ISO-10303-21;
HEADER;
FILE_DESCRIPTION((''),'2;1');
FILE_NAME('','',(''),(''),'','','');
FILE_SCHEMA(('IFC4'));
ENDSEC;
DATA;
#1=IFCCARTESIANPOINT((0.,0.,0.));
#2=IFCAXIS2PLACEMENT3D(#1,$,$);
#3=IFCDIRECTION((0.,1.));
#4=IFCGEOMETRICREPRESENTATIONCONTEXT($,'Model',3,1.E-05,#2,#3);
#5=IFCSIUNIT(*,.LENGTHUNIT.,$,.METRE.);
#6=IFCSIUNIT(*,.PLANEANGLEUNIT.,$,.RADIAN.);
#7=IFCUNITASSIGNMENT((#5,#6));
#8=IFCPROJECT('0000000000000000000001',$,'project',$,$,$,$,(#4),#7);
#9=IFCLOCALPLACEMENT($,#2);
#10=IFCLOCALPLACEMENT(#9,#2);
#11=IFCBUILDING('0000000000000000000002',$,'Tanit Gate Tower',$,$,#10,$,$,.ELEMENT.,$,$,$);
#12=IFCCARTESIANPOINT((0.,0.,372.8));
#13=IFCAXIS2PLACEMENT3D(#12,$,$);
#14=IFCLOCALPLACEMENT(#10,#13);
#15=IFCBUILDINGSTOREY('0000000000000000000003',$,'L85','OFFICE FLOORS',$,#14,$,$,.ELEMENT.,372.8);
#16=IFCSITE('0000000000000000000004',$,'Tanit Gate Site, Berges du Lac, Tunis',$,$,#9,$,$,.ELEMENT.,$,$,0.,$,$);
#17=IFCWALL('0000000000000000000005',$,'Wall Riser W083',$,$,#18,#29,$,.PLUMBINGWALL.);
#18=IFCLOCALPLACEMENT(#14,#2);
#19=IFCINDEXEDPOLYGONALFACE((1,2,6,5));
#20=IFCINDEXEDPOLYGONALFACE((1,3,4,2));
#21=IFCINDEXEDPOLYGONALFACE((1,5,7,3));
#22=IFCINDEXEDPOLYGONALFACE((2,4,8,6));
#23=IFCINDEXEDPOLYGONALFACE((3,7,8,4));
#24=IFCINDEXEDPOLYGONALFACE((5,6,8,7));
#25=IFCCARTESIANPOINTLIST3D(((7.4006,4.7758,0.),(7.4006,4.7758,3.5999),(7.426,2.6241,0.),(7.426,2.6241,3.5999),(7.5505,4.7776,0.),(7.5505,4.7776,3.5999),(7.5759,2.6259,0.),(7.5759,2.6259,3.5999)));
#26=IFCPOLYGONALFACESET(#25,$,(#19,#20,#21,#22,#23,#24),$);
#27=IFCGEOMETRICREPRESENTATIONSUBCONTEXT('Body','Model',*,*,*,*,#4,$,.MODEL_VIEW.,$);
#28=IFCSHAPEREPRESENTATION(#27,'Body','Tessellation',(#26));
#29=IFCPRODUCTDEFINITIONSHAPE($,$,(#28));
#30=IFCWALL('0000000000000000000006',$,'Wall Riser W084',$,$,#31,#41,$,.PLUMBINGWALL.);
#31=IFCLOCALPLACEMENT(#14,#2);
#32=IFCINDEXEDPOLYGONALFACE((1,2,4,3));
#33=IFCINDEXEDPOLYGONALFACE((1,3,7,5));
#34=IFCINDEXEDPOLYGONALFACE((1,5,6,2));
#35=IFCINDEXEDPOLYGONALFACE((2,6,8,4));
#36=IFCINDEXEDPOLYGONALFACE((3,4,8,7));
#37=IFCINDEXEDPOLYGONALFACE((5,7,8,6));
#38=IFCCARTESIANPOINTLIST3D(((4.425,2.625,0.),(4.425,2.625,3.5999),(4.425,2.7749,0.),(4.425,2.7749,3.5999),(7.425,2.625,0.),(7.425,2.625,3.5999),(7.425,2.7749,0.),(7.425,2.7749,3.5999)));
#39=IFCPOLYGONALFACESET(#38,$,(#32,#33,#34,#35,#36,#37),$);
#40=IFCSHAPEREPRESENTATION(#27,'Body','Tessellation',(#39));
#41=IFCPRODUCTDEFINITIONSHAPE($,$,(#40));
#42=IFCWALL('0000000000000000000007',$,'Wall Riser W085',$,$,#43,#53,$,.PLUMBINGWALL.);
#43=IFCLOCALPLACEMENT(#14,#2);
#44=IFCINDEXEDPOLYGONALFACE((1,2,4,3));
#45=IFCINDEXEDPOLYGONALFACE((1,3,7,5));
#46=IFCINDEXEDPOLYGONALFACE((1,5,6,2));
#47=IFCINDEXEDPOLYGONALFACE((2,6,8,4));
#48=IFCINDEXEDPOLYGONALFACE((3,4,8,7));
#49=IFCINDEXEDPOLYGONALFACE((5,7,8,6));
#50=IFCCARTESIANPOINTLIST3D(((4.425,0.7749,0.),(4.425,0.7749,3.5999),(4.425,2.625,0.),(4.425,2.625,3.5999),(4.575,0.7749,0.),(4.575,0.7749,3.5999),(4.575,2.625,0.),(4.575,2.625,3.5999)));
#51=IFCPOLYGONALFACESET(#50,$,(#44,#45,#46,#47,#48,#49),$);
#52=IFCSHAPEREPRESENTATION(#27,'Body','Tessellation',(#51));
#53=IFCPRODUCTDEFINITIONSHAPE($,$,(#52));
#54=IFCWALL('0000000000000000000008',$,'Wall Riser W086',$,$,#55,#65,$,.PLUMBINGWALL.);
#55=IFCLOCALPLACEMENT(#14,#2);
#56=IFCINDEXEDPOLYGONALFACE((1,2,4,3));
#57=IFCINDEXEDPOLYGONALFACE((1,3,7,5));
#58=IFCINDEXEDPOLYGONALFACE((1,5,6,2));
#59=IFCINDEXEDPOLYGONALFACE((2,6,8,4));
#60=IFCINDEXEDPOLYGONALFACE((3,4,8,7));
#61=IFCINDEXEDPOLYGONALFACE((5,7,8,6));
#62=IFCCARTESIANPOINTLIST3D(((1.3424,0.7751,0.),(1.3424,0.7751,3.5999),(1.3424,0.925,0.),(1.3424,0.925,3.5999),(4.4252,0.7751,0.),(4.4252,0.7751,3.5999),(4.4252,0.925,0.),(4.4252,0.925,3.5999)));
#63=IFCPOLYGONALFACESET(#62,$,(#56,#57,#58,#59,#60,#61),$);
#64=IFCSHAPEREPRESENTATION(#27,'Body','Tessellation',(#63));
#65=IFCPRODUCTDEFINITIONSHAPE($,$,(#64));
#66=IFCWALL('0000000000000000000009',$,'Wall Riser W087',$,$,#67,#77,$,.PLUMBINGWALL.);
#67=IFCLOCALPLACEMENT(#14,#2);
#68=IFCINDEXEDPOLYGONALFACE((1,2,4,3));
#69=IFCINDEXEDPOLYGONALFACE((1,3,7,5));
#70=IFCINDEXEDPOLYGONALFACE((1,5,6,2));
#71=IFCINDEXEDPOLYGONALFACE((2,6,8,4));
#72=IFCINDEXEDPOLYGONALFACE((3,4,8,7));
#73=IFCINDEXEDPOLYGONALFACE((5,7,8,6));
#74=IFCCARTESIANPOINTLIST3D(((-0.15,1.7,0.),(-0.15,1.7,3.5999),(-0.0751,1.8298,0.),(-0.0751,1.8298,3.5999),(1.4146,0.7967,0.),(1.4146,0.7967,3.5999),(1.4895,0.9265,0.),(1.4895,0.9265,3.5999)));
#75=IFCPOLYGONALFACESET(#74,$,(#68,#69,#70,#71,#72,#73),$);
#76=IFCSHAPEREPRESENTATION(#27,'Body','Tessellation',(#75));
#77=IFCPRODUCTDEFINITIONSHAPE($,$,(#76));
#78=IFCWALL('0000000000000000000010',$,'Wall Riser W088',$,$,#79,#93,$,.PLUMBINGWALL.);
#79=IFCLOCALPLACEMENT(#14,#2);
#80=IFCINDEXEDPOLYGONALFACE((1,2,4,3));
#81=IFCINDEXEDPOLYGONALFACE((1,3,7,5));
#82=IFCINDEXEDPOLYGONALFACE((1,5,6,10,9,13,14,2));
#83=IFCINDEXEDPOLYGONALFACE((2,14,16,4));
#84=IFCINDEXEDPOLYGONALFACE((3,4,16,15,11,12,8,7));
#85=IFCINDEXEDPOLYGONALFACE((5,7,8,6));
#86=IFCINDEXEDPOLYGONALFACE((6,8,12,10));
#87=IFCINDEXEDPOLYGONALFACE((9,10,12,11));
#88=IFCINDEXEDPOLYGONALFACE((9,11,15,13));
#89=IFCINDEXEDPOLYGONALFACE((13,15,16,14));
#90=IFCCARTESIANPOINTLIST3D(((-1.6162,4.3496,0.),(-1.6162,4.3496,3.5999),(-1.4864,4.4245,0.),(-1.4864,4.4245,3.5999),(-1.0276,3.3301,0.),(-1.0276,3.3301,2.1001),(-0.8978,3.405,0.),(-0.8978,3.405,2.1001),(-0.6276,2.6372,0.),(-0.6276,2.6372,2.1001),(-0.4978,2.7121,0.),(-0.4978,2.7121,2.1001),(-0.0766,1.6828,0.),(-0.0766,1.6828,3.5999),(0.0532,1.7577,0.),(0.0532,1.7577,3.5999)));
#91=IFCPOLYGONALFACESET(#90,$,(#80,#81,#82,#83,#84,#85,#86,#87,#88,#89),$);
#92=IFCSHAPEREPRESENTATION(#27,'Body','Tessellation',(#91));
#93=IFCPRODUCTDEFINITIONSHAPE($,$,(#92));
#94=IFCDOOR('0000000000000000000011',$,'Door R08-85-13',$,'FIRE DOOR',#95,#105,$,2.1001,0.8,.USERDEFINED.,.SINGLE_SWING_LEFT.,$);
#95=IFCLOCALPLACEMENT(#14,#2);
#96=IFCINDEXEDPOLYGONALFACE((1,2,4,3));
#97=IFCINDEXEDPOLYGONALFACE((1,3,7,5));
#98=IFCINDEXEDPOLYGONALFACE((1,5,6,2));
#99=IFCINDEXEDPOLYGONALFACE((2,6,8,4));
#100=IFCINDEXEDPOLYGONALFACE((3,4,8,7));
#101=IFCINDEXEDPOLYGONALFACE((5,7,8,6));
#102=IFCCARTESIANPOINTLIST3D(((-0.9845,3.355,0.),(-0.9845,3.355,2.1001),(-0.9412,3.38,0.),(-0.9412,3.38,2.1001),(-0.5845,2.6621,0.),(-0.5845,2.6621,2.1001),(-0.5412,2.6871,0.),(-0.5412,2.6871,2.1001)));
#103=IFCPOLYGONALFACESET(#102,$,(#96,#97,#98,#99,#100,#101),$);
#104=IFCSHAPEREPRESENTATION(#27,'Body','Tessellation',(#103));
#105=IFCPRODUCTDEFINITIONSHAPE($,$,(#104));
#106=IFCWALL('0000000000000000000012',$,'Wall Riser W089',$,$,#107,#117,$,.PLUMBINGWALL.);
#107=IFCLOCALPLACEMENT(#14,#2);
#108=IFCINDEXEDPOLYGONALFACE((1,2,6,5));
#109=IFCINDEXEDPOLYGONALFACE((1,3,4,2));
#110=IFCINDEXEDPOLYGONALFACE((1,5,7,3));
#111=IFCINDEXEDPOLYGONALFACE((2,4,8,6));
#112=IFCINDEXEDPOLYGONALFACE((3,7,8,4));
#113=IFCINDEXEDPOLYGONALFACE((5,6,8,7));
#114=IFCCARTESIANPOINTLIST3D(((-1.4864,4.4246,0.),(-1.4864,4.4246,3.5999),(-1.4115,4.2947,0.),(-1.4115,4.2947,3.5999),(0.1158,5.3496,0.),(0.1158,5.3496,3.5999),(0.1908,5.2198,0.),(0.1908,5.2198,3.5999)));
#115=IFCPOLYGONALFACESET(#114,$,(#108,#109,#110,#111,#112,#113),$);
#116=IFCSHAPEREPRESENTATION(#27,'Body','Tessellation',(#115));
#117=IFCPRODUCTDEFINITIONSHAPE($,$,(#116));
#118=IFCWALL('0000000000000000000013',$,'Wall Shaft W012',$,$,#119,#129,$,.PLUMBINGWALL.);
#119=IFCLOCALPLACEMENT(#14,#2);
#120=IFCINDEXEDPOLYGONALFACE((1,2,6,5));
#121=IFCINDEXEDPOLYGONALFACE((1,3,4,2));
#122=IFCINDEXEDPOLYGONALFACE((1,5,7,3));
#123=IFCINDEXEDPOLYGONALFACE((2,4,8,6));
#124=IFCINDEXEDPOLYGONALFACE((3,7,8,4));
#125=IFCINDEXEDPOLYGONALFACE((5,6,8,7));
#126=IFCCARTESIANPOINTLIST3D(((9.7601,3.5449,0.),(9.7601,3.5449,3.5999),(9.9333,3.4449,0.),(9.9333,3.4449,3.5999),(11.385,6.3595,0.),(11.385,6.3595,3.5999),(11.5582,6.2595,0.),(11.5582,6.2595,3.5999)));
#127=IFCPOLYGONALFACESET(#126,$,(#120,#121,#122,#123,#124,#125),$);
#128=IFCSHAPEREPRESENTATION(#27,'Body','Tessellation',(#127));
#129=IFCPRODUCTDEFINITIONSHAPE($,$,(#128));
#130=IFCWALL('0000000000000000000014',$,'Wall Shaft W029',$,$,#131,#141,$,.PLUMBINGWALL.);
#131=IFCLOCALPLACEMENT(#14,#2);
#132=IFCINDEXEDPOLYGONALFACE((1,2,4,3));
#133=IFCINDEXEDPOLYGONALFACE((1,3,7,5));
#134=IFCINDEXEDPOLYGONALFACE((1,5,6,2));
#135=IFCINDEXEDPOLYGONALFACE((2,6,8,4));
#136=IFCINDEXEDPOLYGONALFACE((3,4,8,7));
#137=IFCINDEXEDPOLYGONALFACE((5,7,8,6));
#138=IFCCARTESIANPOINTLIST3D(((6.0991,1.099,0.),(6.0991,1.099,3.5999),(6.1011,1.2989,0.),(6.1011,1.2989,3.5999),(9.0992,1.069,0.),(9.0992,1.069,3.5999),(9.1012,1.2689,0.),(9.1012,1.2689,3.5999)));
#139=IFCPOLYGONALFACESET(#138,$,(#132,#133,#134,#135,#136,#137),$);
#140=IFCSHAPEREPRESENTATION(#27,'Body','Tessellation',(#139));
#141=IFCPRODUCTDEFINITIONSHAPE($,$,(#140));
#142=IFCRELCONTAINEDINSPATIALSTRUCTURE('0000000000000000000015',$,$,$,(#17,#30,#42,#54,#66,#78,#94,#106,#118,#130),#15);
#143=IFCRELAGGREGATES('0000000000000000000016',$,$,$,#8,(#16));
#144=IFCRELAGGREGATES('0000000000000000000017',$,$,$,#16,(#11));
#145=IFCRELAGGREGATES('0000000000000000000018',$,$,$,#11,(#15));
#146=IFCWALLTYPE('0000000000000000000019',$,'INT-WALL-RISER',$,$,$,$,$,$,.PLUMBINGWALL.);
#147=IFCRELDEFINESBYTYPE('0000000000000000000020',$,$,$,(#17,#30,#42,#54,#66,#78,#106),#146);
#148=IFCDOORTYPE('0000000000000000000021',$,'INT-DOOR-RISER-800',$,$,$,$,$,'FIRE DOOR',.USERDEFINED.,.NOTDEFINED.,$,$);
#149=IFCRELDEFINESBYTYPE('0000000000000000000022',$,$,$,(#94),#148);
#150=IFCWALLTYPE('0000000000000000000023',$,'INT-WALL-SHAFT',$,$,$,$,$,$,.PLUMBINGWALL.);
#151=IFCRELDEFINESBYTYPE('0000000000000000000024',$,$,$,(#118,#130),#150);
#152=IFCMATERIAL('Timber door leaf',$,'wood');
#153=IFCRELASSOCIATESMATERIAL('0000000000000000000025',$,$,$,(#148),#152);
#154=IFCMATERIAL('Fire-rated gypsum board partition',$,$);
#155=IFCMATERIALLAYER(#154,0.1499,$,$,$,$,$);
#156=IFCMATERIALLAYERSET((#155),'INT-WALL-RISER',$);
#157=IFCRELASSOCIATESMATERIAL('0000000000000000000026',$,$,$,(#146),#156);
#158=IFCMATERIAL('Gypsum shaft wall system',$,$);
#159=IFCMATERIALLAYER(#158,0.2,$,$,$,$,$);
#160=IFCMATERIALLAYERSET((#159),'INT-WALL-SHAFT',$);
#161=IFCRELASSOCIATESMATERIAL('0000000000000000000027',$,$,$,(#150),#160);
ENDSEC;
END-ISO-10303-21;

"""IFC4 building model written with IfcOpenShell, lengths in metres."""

from ifc_helpers import new_model, si_unit, direction, frame, frame_2d, origin, place, context, subcontext, project, spatial, rectangle, extrude, material, layer, layer_set, type_object, element, fill, save


model = new_model("IFC4")

# Units and contexts
model_context = context("Model", 3, precision=1e-05, world=origin(), true_north=direction((0.0, 1.0)))
body_context = subcontext(model_context, "Body", "Model", "MODEL_VIEW")
ifc_project = project(units=[si_unit("LENGTHUNIT", "METRE"), si_unit("PLANEANGLEUNIT", "RADIAN")], contexts=[model_context])

# Site, building, storey
site_placement = place(None, origin())
site = spatial("IfcSite", under=ifc_project, at=site_placement, Name="Tanit Gate Site, Berges du Lac, Tunis", CompositionType="ELEMENT", RefElevation=0.0)
building_placement = place(site_placement, origin())
building = spatial("IfcBuilding", under=site, at=building_placement, Name="Tanit Gate Tower", CompositionType="ELEMENT")
storey_placement = place(building_placement, frame((0.0, 0.0, 372.8)))
storey = spatial("IfcBuildingStorey", under=building, at=storey_placement, Name="L85", Description="OFFICE FLOORS", CompositionType="ELEMENT", Elevation=372.8)

# Shared definitions
ifc_material_1 = material(Name="Timber door leaf", Category="wood")
door_type_1 = type_object("IfcDoorType", Name="INT-DOOR-RISER-800", ElementType="FIRE DOOR", OperationType="NOTDEFINED", PredefinedType="USERDEFINED", material=ifc_material_1)

# Walls
ifc_material_2 = material(Name="Fire-rated gypsum board partition")
ifc_layer_1 = layer(ifc_material_2, 0.1499)
ifc_layer_set_1 = layer_set([ifc_layer_1], Name="INT-WALL-RISER")
wall_type_1 = type_object("IfcWallType", Name="INT-WALL-RISER", PredefinedType="PLUMBINGWALL", material=ifc_layer_set_1)
wall_1_placement = place(storey_placement, frame((7.501, 2.625, 0.0), z_axis=(0.0, 0.0, 1.0), x_axis=(-0.0118, 0.99993, 0.0)))
element("IfcWall", 1, at=wall_1_placement, inside=storey, type_object=wall_type_1, Name="Wall Riser W083", PredefinedType="PLUMBINGWALL", context=body_context, shape_type="SweptSolid", body=[
    extrude(rectangle(XDim=2.1519, YDim=0.1499, at=frame_2d((1.0759, 0.0))), origin(), (0.0, 0.0, 1.0), 3.5999),
])
wall_2_placement = place(storey_placement, frame((4.425, 2.7, 0.0), z_axis=(0.0, 0.0, 1.0), x_axis=(1.0, 0.0, 0.0)))
element("IfcWall", 2, at=wall_2_placement, inside=storey, type_object=wall_type_1, Name="Wall Riser W084", PredefinedType="PLUMBINGWALL", context=body_context, shape_type="SweptSolid", body=[
    extrude(rectangle(XDim=3.0, YDim=0.1499, at=frame_2d((1.5, 0.0))), origin(), (0.0, 0.0, 1.0), 3.5999),
])
wall_3_placement = place(storey_placement, frame((4.5, 0.7749, 0.0), z_axis=(0.0, 0.0, 1.0), x_axis=(0.0, 1.0, 0.0)))
element("IfcWall", 3, at=wall_3_placement, inside=storey, type_object=wall_type_1, Name="Wall Riser W085", PredefinedType="PLUMBINGWALL", context=body_context, shape_type="SweptSolid", body=[
    extrude(rectangle(XDim=1.8501, YDim=0.1499, at=frame_2d((0.925, 0.0))), origin(), (0.0, 0.0, 1.0), 3.5999),
])
wall_4_placement = place(storey_placement, frame((1.3423, 0.8501, 0.0), z_axis=(0.0, 0.0, 1.0), x_axis=(1.0, 0.0, 0.0)))
element("IfcWall", 4, at=wall_4_placement, inside=storey, type_object=wall_type_1, Name="Wall Riser W086", PredefinedType="PLUMBINGWALL", context=body_context, shape_type="SweptSolid", body=[
    extrude(rectangle(XDim=3.0828, YDim=0.1499, at=frame_2d((1.5415, 0.0))), origin(), (0.0, 0.0, 1.0), 3.5999),
])
wall_5_placement = place(storey_placement, frame((-0.1125, 1.7649, 0.0), z_axis=(0.0, 0.0, 1.0), x_axis=(0.866039, -0.499976, 0.0)))
element("IfcWall", 5, at=wall_5_placement, inside=storey, type_object=wall_type_1, Name="Wall Riser W087", PredefinedType="PLUMBINGWALL", context=body_context, shape_type="SweptSolid", body=[
    extrude(rectangle(XDim=1.8066, YDim=0.1499, at=frame_2d((0.9033, 0.0))), origin(), (0.0, 0.0, 1.0), 3.5999),
])

# Wall, opening, door
wall_6_placement = place(storey_placement, frame((-1.5513, 4.387, 0.0), z_axis=(0.0, 0.0, 1.0), x_axis=(0.499976, -0.866039, 0.0)))
wall_6 = element("IfcWall", 6, at=wall_6_placement, inside=storey, type_object=wall_type_1, Name="Wall Riser W088", PredefinedType="PLUMBINGWALL", context=body_context, shape_type="SweptSolid", body=[
    extrude(rectangle(XDim=3.0793, YDim=0.1499, at=frame_2d((1.5396, 0.0))), origin(), (0.0, 0.0, 1.0), 3.5999),
])
opening_1_placement = place(wall_6_placement, frame((1.1772, 0.0, 0.0)))
opening_1 = element("IfcOpeningElement", 7, at=opening_1_placement, cuts=wall_6, PredefinedType="OPENING", context=body_context, shape_type="SweptSolid", body=[
    extrude(rectangle(XDim=0.8, YDim=2.1001, at=frame_2d((0.3999, 1.05))), frame((0.0, 0.085, 0.0), z_axis=(0.0, -1.0, 0.0), x_axis=(1.0, 0.0, 0.0)), (0.0, 0.0, 1.0), 0.1699),
])
door_1_placement = place(opening_1_placement, origin())
door_1 = element("IfcDoor", 8, at=door_1_placement, inside=storey, type_object=door_type_1, Name="Door R08-85-13", ObjectType="FIRE DOOR", OperationType="SINGLE_SWING_LEFT", OverallHeight=2.1001, OverallWidth=0.8, PredefinedType="USERDEFINED", context=body_context, shape_type="SweptSolid", body=[
    extrude(rectangle(XDim=0.8, YDim=2.1001, at=frame_2d((0.3999, 1.05))), frame((0.0, 0.0249, 0.0), z_axis=(0.0, -1.0, 0.0), x_axis=(1.0, 0.0, 0.0)), (0.0, 0.0, 1.0), 0.05),
])
fill(opening_1, door_1)

# Walls
wall_7_placement = place(storey_placement, frame((0.1533, 5.2847, 0.0), z_axis=(0.0, 0.0, 1.0), x_axis=(-0.866034, -0.499985, 0.0)))
element("IfcWall", 9, at=wall_7_placement, inside=storey, type_object=wall_type_1, Name="Wall Riser W089", PredefinedType="PLUMBINGWALL", context=body_context, shape_type="SweptSolid", body=[
    extrude(rectangle(XDim=1.8501, YDim=0.1499, at=frame_2d((0.925, 0.0))), origin(), (0.0, 0.0, 1.0), 3.5999),
])
ifc_material_3 = material(Name="Gypsum shaft wall system")
ifc_layer_2 = layer(ifc_material_3, 0.2)
ifc_layer_set_2 = layer_set([ifc_layer_2], Name="INT-WALL-SHAFT")
wall_type_2 = type_object("IfcWallType", Name="INT-WALL-SHAFT", PredefinedType="PLUMBINGWALL", material=ifc_layer_set_2)
wall_8_placement = place(storey_placement, frame((9.8467, 3.4949, 0.0), z_axis=(0.0, 0.0, 1.0), x_axis=(0.499985, 0.866034, 0.0)))
element("IfcWall", 10, at=wall_8_placement, inside=storey, type_object=wall_type_2, Name="Wall Shaft W012", PredefinedType="PLUMBINGWALL", context=body_context, shape_type="SweptSolid", body=[
    extrude(rectangle(XDim=3.25, YDim=0.2, at=frame_2d((1.625, 0.0))), origin(), (0.0, 0.0, 1.0), 3.5999),
])

# Wall
wall_9_placement = place(storey_placement, frame((9.1001, 1.1689, 0.0), z_axis=(0.0, 0.0, 1.0), x_axis=(-0.99995, 0.010009, 0.0)))
element("IfcWall", 11, at=wall_9_placement, inside=storey, type_object=wall_type_2, Name="Wall Shaft W029", PredefinedType="PLUMBINGWALL", context=body_context, shape_type="SweptSolid", body=[
    extrude(rectangle(XDim=3.0002, YDim=0.2, at=frame_2d((1.5, 0.0))), origin(), (0.0, 0.0, 1.0), 3.5999),
])

save(model, "model.ifc")
